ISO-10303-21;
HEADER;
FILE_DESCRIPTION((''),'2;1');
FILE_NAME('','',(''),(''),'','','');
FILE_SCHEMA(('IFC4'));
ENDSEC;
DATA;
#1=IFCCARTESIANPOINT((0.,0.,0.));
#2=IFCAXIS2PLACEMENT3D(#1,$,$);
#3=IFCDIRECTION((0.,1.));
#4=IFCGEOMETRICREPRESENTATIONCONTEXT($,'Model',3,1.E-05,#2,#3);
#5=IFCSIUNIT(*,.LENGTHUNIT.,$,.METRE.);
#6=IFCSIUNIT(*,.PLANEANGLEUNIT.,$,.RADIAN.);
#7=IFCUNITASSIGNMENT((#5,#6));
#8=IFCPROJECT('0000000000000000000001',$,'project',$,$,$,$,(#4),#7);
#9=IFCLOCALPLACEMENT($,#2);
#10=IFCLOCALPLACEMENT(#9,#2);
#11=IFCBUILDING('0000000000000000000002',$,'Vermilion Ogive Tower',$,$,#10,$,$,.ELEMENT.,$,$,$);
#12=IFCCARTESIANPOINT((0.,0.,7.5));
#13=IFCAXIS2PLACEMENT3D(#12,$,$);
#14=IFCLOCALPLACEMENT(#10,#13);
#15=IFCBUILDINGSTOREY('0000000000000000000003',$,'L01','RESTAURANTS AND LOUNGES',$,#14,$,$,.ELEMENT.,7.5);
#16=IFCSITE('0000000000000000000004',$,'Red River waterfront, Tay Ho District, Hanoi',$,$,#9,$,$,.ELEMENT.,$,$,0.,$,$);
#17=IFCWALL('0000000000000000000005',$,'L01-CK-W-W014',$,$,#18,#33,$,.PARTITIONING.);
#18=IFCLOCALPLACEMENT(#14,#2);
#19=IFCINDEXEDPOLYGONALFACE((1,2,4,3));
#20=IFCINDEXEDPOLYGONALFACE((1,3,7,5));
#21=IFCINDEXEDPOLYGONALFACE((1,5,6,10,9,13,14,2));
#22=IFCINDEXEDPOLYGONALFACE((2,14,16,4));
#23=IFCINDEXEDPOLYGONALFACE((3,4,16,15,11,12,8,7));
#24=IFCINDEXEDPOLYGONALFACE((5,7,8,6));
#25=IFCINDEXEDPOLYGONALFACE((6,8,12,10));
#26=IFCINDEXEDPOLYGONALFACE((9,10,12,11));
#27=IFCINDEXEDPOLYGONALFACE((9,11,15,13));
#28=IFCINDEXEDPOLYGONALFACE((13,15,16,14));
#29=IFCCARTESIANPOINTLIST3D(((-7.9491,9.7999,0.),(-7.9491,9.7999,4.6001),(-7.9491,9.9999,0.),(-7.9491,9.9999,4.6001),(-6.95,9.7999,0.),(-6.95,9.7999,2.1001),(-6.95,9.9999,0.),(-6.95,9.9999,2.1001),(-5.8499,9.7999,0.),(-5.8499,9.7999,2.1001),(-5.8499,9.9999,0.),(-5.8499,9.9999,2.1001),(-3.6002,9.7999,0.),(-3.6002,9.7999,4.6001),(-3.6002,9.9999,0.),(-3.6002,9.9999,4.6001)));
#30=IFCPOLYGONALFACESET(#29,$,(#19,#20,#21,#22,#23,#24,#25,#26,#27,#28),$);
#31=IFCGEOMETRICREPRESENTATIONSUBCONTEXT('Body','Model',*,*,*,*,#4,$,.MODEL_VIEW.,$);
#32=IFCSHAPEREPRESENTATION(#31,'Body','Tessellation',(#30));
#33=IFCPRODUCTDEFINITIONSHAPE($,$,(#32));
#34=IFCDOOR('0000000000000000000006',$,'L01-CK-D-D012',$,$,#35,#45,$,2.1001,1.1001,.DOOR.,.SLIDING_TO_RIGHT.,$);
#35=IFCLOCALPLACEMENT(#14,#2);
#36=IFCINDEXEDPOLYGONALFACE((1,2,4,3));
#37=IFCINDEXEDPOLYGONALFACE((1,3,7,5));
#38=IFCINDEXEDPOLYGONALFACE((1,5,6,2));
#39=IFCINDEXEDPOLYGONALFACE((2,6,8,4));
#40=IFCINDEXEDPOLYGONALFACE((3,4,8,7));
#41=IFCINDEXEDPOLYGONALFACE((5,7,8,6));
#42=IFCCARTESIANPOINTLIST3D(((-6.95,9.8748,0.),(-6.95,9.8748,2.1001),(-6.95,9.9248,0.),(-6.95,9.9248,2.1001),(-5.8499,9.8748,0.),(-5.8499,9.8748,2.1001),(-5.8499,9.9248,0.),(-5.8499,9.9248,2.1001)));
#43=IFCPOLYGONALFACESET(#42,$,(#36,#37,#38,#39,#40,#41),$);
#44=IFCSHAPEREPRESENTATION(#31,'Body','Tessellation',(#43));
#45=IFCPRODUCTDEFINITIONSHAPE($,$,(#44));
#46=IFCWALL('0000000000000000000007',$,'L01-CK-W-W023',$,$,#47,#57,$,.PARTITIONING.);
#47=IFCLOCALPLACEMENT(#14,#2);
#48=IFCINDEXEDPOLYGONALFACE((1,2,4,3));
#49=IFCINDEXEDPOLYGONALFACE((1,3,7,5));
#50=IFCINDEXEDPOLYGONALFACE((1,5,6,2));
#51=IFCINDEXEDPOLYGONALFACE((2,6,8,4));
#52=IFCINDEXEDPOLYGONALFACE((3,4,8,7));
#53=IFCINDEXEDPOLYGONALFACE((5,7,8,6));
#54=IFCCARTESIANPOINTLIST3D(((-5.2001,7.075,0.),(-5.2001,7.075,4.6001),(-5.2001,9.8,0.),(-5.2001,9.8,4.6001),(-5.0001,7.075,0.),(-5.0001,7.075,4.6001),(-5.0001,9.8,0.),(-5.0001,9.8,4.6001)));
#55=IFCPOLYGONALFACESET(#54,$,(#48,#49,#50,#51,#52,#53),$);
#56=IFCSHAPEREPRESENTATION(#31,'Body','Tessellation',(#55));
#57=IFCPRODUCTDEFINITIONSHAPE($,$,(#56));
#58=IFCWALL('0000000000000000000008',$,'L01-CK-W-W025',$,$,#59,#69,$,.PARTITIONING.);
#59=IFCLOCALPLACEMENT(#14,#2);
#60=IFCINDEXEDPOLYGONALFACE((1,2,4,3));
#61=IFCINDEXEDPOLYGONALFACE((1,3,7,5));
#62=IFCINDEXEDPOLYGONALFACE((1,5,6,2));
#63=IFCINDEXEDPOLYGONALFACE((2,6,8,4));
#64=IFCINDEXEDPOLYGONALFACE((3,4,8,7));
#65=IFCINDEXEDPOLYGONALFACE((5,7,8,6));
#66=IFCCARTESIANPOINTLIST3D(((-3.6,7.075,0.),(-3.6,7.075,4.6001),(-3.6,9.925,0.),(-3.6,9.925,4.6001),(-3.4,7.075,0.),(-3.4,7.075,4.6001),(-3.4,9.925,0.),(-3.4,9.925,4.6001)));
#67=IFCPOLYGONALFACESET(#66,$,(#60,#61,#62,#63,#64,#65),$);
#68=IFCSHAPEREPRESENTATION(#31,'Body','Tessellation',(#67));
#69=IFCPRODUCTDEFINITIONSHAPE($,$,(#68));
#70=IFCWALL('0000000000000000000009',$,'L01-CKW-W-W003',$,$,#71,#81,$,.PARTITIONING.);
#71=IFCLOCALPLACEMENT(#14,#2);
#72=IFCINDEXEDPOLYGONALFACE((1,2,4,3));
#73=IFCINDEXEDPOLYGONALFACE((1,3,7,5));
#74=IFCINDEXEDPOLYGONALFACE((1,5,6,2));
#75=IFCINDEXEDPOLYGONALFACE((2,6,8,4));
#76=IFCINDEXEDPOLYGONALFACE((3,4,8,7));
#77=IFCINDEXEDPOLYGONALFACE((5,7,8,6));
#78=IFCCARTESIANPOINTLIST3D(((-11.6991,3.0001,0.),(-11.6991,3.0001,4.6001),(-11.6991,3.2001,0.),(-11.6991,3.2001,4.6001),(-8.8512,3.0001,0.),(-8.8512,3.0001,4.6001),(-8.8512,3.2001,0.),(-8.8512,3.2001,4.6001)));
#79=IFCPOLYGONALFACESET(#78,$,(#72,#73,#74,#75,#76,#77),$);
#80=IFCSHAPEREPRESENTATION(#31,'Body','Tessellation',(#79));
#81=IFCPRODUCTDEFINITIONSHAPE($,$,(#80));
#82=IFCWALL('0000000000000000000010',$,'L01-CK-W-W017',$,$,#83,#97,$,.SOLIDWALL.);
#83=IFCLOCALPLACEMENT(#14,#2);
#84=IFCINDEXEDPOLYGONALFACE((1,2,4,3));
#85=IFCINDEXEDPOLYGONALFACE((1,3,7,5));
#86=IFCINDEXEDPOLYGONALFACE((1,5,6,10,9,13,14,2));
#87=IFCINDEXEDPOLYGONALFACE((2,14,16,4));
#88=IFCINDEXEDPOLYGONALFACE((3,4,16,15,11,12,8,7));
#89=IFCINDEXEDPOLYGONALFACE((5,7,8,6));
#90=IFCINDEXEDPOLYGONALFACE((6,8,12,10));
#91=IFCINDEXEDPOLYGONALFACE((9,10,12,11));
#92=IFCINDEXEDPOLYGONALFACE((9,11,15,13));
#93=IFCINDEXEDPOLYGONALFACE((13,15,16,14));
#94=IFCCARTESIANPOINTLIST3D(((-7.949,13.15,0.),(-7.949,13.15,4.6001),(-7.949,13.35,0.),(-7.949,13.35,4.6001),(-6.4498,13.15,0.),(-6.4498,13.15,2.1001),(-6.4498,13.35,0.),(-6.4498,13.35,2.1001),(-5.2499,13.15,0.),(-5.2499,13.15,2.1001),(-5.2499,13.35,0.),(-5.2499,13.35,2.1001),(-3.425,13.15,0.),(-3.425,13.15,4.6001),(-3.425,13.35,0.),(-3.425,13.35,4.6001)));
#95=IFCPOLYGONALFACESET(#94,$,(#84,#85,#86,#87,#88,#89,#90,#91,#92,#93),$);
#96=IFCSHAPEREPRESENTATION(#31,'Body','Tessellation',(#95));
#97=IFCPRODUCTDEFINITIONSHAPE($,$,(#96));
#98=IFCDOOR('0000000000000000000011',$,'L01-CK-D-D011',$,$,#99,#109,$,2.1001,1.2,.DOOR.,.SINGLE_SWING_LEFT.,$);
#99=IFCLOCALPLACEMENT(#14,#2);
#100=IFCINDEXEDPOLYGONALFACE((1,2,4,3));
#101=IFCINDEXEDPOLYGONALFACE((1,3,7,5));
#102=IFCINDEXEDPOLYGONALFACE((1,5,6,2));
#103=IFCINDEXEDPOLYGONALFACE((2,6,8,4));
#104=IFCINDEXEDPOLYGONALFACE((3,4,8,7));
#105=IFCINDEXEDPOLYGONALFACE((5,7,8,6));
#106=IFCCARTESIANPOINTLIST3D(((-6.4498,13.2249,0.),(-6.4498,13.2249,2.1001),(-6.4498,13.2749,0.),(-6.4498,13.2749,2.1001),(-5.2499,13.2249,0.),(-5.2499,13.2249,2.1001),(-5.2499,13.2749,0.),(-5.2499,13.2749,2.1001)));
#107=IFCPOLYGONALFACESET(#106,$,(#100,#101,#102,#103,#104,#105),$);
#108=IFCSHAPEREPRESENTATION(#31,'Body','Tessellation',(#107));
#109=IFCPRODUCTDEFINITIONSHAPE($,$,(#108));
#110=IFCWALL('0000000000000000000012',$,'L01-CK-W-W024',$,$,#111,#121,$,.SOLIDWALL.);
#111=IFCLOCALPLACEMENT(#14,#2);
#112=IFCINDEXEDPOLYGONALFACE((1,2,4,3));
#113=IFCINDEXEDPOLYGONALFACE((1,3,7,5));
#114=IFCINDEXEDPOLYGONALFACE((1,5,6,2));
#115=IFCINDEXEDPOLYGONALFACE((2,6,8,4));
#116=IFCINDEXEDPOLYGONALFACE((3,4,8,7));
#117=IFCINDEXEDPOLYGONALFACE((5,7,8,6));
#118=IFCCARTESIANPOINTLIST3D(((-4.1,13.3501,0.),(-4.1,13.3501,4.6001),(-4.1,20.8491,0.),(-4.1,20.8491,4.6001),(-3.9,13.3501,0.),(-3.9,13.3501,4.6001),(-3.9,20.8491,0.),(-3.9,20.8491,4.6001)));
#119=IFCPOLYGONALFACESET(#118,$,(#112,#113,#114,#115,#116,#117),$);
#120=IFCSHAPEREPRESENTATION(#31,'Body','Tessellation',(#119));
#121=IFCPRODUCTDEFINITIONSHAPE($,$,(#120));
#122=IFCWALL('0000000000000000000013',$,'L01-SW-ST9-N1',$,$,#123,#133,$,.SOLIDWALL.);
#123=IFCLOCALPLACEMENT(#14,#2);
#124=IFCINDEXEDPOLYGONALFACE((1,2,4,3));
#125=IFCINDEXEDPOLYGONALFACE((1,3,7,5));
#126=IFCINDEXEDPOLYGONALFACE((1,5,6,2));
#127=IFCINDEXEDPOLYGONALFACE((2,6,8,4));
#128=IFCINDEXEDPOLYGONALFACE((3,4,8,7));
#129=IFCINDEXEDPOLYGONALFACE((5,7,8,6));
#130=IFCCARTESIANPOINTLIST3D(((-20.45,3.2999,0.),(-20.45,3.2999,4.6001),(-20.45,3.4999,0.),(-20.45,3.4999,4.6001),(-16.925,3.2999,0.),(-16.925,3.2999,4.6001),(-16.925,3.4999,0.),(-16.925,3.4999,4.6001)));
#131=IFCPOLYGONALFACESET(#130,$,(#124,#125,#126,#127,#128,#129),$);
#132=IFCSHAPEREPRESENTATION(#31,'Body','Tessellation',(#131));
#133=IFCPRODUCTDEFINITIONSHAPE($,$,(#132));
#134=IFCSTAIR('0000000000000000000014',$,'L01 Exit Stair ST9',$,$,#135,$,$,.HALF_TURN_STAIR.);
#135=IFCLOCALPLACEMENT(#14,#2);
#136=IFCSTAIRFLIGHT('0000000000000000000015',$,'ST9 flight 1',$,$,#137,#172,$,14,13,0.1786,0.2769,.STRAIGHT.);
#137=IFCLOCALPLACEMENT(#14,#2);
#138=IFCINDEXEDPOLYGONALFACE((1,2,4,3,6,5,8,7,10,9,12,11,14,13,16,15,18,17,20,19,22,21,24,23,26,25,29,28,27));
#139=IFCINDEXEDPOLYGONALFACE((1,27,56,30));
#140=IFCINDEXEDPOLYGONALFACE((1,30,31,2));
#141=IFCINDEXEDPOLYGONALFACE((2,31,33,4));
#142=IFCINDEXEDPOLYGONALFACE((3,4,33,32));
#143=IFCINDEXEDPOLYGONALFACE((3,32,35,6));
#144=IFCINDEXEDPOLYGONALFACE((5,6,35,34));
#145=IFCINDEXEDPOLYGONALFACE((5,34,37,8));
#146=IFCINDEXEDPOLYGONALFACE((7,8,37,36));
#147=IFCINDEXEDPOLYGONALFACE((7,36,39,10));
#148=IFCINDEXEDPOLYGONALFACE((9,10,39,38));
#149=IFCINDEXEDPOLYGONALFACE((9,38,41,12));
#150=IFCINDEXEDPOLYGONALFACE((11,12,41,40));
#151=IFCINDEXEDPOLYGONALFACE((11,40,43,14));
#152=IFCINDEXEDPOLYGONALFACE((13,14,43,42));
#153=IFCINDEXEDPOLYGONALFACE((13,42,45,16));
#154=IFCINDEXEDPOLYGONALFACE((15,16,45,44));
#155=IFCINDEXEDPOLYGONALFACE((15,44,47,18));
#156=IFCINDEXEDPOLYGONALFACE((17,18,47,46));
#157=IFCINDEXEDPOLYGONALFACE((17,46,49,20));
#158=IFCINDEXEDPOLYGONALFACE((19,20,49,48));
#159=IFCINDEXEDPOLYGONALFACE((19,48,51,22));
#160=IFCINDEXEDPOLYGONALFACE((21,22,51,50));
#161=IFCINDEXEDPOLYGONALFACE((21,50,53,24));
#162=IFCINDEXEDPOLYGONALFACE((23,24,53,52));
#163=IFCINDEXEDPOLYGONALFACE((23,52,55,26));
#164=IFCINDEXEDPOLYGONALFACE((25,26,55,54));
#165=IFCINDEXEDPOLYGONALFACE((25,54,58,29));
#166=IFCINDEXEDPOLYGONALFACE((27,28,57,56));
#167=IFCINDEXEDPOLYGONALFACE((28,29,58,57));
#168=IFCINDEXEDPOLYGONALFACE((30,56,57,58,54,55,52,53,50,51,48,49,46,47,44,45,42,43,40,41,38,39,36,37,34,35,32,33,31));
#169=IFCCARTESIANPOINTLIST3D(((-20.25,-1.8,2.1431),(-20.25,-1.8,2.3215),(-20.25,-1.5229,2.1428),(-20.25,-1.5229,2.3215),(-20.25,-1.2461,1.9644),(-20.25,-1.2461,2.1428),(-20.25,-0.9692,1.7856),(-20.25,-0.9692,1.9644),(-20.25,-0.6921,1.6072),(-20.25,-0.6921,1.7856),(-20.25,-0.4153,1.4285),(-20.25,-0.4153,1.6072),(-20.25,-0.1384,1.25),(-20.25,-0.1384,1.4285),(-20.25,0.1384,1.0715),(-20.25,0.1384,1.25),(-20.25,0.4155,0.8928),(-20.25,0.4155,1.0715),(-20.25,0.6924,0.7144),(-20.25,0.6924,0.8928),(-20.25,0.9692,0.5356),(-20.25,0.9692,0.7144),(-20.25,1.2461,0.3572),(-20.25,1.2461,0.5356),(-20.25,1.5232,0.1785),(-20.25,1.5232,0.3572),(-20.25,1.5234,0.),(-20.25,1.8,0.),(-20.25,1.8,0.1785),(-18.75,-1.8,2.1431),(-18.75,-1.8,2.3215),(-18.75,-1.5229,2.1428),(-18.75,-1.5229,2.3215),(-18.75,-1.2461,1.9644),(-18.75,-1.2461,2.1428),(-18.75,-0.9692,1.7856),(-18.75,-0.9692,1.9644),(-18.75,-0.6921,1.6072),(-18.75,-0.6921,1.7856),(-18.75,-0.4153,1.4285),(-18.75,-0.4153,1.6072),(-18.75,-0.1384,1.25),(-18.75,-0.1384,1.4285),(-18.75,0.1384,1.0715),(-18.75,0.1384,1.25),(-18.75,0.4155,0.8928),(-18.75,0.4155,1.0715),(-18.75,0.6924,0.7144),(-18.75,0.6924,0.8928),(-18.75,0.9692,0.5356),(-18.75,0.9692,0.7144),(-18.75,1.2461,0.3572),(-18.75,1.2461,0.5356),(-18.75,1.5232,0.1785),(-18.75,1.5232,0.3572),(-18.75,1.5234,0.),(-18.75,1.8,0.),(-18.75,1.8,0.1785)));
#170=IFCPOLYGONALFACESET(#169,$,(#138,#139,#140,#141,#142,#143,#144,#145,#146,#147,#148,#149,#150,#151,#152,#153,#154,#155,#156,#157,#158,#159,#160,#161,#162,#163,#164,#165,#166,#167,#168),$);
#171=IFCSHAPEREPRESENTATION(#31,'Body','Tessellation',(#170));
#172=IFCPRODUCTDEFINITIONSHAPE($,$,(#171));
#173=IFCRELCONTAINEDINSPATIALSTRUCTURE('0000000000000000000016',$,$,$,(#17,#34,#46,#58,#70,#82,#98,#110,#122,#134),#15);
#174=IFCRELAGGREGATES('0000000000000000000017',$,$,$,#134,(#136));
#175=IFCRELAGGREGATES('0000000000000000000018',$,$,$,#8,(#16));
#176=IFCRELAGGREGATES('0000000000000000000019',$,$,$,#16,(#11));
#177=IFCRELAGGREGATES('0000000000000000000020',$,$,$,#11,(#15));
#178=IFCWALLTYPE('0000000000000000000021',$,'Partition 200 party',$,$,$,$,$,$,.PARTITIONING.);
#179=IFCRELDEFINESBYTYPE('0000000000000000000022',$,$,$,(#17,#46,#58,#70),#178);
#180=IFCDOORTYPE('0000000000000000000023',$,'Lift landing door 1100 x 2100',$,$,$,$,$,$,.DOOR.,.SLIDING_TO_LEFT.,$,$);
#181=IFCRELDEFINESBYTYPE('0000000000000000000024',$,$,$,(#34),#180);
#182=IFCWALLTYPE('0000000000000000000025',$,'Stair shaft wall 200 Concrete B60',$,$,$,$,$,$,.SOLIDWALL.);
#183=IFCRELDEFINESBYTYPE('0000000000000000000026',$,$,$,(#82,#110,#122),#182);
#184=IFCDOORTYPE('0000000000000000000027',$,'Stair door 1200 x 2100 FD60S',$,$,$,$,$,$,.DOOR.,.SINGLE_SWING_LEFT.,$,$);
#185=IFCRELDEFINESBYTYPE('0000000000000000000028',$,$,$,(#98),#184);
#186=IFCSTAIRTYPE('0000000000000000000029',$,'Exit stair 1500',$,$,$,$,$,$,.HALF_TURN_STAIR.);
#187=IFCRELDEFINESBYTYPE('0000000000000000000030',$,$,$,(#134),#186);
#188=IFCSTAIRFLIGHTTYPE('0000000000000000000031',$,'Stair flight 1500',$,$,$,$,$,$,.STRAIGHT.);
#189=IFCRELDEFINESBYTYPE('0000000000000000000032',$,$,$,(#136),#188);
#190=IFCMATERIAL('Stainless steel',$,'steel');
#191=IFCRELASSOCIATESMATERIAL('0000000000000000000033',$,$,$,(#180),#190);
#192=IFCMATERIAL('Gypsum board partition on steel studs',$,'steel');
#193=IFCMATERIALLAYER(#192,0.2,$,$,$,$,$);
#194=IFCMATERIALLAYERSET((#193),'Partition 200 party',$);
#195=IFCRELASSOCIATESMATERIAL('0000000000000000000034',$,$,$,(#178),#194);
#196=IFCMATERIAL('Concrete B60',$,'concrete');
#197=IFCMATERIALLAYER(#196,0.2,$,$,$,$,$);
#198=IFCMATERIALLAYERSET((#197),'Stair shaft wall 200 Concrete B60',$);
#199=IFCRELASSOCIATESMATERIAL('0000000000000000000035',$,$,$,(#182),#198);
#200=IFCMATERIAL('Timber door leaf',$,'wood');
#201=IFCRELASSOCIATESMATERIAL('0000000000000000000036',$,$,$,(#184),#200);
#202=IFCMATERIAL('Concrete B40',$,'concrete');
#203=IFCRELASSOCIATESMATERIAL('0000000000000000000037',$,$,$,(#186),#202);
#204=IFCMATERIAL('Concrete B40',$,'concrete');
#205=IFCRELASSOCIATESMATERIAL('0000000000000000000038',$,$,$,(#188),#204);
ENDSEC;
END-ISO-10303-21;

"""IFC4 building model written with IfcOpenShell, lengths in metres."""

from ifc_helpers import new_model, si_unit, direction, frame, frame_2d, origin, place, context, subcontext, project, spatial, polyline, rectangle, outline, extrude, material, layer, layer_set, type_object, element, fill, aggregate, save


model = new_model("IFC4")

# Units and contexts
model_context = context("Model", 3, precision=1e-05, world=origin(), true_north=direction((0.0, 1.0)))
body_context = subcontext(model_context, "Body", "Model", "MODEL_VIEW")
ifc_project = project(units=[si_unit("LENGTHUNIT", "METRE"), si_unit("PLANEANGLEUNIT", "RADIAN")], contexts=[model_context])

# Site, building, storey
site_placement = place(None, origin())
site = spatial("IfcSite", under=ifc_project, at=site_placement, Name="Red River waterfront, Tay Ho District, Hanoi", CompositionType="ELEMENT", RefElevation=0.0)
building_placement = place(site_placement, origin())
building = spatial("IfcBuilding", under=site, at=building_placement, Name="Vermilion Ogive Tower", CompositionType="ELEMENT")
storey_placement = place(building_placement, frame((0.0, 0.0, 7.5)))
storey = spatial("IfcBuildingStorey", under=building, at=storey_placement, Name="L01", Description="RESTAURANTS AND LOUNGES", CompositionType="ELEMENT", Elevation=7.5)

# Shared definitions
ifc_material_1 = material(Name="Stainless steel", Category="steel")
door_type_1 = type_object("IfcDoorType", Name="Lift landing door 1100 x 2100", OperationType="SLIDING_TO_LEFT", PredefinedType="DOOR", material=ifc_material_1)

# Shared definitions
ifc_material_2 = material(Name="Gypsum board partition on steel studs", Category="steel")
ifc_layer_1 = layer(ifc_material_2, 0.2)
ifc_layer_set_1 = layer_set([ifc_layer_1], Name="Partition 200 party")
wall_type_1 = type_object("IfcWallType", Name="Partition 200 party", PredefinedType="PARTITIONING", material=ifc_layer_set_1)

# Wall, opening, door
wall_1_placement = place(storey_placement, frame((-7.949, 9.8999, 0.0), z_axis=(0.0, 0.0, 1.0), x_axis=(1.0, 0.0, 0.0)))
wall_1 = element("IfcWall", 1, at=wall_1_placement, inside=storey, type_object=wall_type_1, Name="L01-CK-W-W014", PredefinedType="PARTITIONING", context=body_context, shape_type="SweptSolid", body=[
    extrude(rectangle(XDim=4.3489, YDim=0.2, at=frame_2d((2.1743, 0.0))), origin(), (0.0, 0.0, 1.0), 4.6001),
])
opening_1_placement = place(wall_1_placement, frame((0.999, 0.0, 0.0)))
opening_1 = element("IfcOpeningElement", 2, at=opening_1_placement, cuts=wall_1, PredefinedType="OPENING", context=body_context, shape_type="SweptSolid", body=[
    extrude(rectangle(XDim=1.1001, YDim=2.1001, at=frame_2d((0.55, 1.05))), frame((0.0, 0.1099, 0.0), z_axis=(0.0, -1.0, 0.0), x_axis=(1.0, 0.0, 0.0)), (0.0, 0.0, 1.0), 0.22),
])
door_1_placement = place(opening_1_placement, origin())
door_1 = element("IfcDoor", 3, at=door_1_placement, inside=storey, type_object=door_type_1, Name="L01-CK-D-D012", OperationType="SLIDING_TO_RIGHT", OverallHeight=2.1001, OverallWidth=1.1001, PredefinedType="DOOR", context=body_context, shape_type="SweptSolid", body=[
    extrude(rectangle(XDim=1.1001, YDim=2.1001, at=frame_2d((0.55, 1.05))), frame((0.0, 0.0249, 0.0), z_axis=(0.0, -1.0, 0.0), x_axis=(1.0, 0.0, 0.0)), (0.0, 0.0, 1.0), 0.05),
])
fill(opening_1, door_1)

# Walls
wall_2_placement = place(storey_placement, frame((-5.1001, 7.075, 0.0), z_axis=(0.0, 0.0, 1.0), x_axis=(0.0, 1.0, 0.0)))
element("IfcWall", 4, at=wall_2_placement, inside=storey, type_object=wall_type_1, Name="L01-CK-W-W023", PredefinedType="PARTITIONING", context=body_context, shape_type="SweptSolid", body=[
    extrude(rectangle(XDim=2.7251, YDim=0.2, at=frame_2d((1.3625, 0.0))), origin(), (0.0, 0.0, 1.0), 4.6001),
])
wall_3_placement = place(storey_placement, frame((-3.5, 7.075, 0.0), z_axis=(0.0, 0.0, 1.0), x_axis=(0.0, 1.0, 0.0)))
element("IfcWall", 5, at=wall_3_placement, inside=storey, type_object=wall_type_1, Name="L01-CK-W-W025", PredefinedType="PARTITIONING", context=body_context, shape_type="SweptSolid", body=[
    extrude(rectangle(XDim=2.8501, YDim=0.2, at=frame_2d((1.425, 0.0))), origin(), (0.0, 0.0, 1.0), 4.6001),
])
wall_4_placement = place(storey_placement, frame((-11.699, 3.1001, 0.0), z_axis=(0.0, 0.0, 1.0), x_axis=(1.0, 0.0, 0.0)))
element("IfcWall", 6, at=wall_4_placement, inside=storey, type_object=wall_type_1, Name="L01-CKW-W-W003", PredefinedType="PARTITIONING", context=body_context, shape_type="SweptSolid", body=[
    extrude(rectangle(XDim=2.8479, YDim=0.2, at=frame_2d((1.4238, 0.0))), origin(), (0.0, 0.0, 1.0), 4.6001),
])

# Wall, opening, door
ifc_material_3 = material(Name="Concrete B60", Category="concrete")
ifc_layer_2 = layer(ifc_material_3, 0.2)
ifc_layer_set_2 = layer_set([ifc_layer_2], Name="Stair shaft wall 200 Concrete B60")
wall_type_2 = type_object("IfcWallType", Name="Stair shaft wall 200 Concrete B60", PredefinedType="SOLIDWALL", material=ifc_layer_set_2)
wall_5_placement = place(storey_placement, frame((-7.949, 13.25, 0.0), z_axis=(0.0, 0.0, 1.0), x_axis=(1.0, 0.0, 0.0)))
wall_5 = element("IfcWall", 7, at=wall_5_placement, inside=storey, type_object=wall_type_2, Name="L01-CK-W-W017", PredefinedType="SOLIDWALL", context=body_context, shape_type="SweptSolid", body=[
    extrude(rectangle(XDim=4.5239, YDim=0.2, at=frame_2d((2.262, 0.0))), origin(), (0.0, 0.0, 1.0), 4.6001),
])
opening_2_placement = place(wall_5_placement, frame((1.499, 0.0, 0.0)))
opening_2 = element("IfcOpeningElement", 8, at=opening_2_placement, cuts=wall_5, PredefinedType="OPENING", context=body_context, shape_type="SweptSolid", body=[
    extrude(rectangle(XDim=1.2, YDim=2.1001, at=frame_2d((0.6001, 1.05))), frame((0.0, 0.1099, 0.0), z_axis=(0.0, -1.0, 0.0), x_axis=(1.0, 0.0, 0.0)), (0.0, 0.0, 1.0), 0.22),
])
ifc_material_4 = material(Name="Timber door leaf", Category="wood")
door_type_2 = type_object("IfcDoorType", Name="Stair door 1200 x 2100 FD60S", OperationType="SINGLE_SWING_LEFT", PredefinedType="DOOR", material=ifc_material_4)
door_2_placement = place(opening_2_placement, origin())
door_2 = element("IfcDoor", 9, at=door_2_placement, inside=storey, type_object=door_type_2, Name="L01-CK-D-D011", OperationType="SINGLE_SWING_LEFT", OverallHeight=2.1001, OverallWidth=1.2, PredefinedType="DOOR", context=body_context, shape_type="SweptSolid", body=[
    extrude(rectangle(XDim=1.2, YDim=2.1001, at=frame_2d((0.6001, 1.05))), frame((0.0, 0.0249, 0.0), z_axis=(0.0, -1.0, 0.0), x_axis=(1.0, 0.0, 0.0)), (0.0, 0.0, 1.0), 0.05),
])
fill(opening_2, door_2)

# Walls
wall_6_placement = place(storey_placement, frame((-4.0, 13.3501, 0.0), z_axis=(0.0, 0.0, 1.0), x_axis=(0.0, 1.0, 0.0)))
element("IfcWall", 10, at=wall_6_placement, inside=storey, type_object=wall_type_2, Name="L01-CK-W-W024", PredefinedType="SOLIDWALL", context=body_context, shape_type="SweptSolid", body=[
    extrude(rectangle(XDim=7.499, YDim=0.2, at=frame_2d((3.7495, 0.0))), origin(), (0.0, 0.0, 1.0), 4.6001),
])
wall_7_placement = place(storey_placement, frame((-20.45, 3.3999, 0.0), z_axis=(0.0, 0.0, 1.0), x_axis=(1.0, 0.0, 0.0)))
element("IfcWall", 11, at=wall_7_placement, inside=storey, type_object=wall_type_2, Name="L01-SW-ST9-N1", PredefinedType="SOLIDWALL", context=body_context, shape_type="SweptSolid", body=[
    extrude(rectangle(XDim=3.5249, YDim=0.2, at=frame_2d((1.7625, 0.0))), origin(), (0.0, 0.0, 1.0), 4.6001),
])

# Stair, stair flight
ifc_material_5 = material(Name="Concrete B40", Category="concrete")
stair_type = type_object("IfcStairType", Name="Exit stair 1500", PredefinedType="HALF_TURN_STAIR", material=ifc_material_5)
stair_placement = place(storey_placement, origin())
stair = element("IfcStair", 12, at=stair_placement, inside=storey, type_object=stair_type, Name="L01 Exit Stair ST9", PredefinedType="HALF_TURN_STAIR")
ifc_material_6 = material(Name="Concrete B40", Category="concrete")
stair_flight_type = type_object("IfcStairFlightType", Name="Stair flight 1500", PredefinedType="STRAIGHT", material=ifc_material_6)
stair_flight_placement = place(storey_placement, frame((-19.5, 1.8, 0.0), z_axis=(0.0, 0.0, 1.0), x_axis=(0.0, -1.0, 0.0)))
stair_flight = element("IfcStairFlight", 13, at=stair_flight_placement, type_object=stair_flight_type, Name="ST9 flight 1", NumberOfRisers=14, NumberOfTreads=13, PredefinedType="STRAIGHT", RiserHeight=0.1786, TreadLength=0.2769, context=body_context, shape_type="SweptSolid", body=[
    extrude(outline(polyline([(0.0, 0.0), (0.0, 0.1785), (0.2769, 0.1785), (0.2769, 0.3572), (0.554, 0.3572), (0.554, 0.5356), (0.8308, 0.5356), (0.8308, 0.7144), (1.1077, 0.7144), (1.1077, 0.8928), (1.3845, 0.8928), (1.3845, 1.0715), (1.6616, 1.0715), (1.6616, 1.25), (1.9385, 1.25), (1.9385, 1.4285), (2.2153, 1.4285), (2.2153, 1.6072), (2.4922, 1.6072), (2.4922, 1.7856), (2.7693, 1.7856), (2.7693, 1.9644), (3.0461, 1.9644), (3.0461, 2.1428), (3.323, 2.1428), (3.323, 2.3215), (3.6001, 2.3215), (3.6001, 2.5), (3.6001, 2.1431), (0.2766, 0.0), (0.0, 0.0)])), frame((0.0, 0.75, 0.0), z_axis=(0.0, -1.0, 0.0), x_axis=(1.0, 0.0, 0.0)), (0.0, 0.0, 1.0), 1.5),
])
aggregate(stair, [stair_flight])

save(model, "model.ifc")
